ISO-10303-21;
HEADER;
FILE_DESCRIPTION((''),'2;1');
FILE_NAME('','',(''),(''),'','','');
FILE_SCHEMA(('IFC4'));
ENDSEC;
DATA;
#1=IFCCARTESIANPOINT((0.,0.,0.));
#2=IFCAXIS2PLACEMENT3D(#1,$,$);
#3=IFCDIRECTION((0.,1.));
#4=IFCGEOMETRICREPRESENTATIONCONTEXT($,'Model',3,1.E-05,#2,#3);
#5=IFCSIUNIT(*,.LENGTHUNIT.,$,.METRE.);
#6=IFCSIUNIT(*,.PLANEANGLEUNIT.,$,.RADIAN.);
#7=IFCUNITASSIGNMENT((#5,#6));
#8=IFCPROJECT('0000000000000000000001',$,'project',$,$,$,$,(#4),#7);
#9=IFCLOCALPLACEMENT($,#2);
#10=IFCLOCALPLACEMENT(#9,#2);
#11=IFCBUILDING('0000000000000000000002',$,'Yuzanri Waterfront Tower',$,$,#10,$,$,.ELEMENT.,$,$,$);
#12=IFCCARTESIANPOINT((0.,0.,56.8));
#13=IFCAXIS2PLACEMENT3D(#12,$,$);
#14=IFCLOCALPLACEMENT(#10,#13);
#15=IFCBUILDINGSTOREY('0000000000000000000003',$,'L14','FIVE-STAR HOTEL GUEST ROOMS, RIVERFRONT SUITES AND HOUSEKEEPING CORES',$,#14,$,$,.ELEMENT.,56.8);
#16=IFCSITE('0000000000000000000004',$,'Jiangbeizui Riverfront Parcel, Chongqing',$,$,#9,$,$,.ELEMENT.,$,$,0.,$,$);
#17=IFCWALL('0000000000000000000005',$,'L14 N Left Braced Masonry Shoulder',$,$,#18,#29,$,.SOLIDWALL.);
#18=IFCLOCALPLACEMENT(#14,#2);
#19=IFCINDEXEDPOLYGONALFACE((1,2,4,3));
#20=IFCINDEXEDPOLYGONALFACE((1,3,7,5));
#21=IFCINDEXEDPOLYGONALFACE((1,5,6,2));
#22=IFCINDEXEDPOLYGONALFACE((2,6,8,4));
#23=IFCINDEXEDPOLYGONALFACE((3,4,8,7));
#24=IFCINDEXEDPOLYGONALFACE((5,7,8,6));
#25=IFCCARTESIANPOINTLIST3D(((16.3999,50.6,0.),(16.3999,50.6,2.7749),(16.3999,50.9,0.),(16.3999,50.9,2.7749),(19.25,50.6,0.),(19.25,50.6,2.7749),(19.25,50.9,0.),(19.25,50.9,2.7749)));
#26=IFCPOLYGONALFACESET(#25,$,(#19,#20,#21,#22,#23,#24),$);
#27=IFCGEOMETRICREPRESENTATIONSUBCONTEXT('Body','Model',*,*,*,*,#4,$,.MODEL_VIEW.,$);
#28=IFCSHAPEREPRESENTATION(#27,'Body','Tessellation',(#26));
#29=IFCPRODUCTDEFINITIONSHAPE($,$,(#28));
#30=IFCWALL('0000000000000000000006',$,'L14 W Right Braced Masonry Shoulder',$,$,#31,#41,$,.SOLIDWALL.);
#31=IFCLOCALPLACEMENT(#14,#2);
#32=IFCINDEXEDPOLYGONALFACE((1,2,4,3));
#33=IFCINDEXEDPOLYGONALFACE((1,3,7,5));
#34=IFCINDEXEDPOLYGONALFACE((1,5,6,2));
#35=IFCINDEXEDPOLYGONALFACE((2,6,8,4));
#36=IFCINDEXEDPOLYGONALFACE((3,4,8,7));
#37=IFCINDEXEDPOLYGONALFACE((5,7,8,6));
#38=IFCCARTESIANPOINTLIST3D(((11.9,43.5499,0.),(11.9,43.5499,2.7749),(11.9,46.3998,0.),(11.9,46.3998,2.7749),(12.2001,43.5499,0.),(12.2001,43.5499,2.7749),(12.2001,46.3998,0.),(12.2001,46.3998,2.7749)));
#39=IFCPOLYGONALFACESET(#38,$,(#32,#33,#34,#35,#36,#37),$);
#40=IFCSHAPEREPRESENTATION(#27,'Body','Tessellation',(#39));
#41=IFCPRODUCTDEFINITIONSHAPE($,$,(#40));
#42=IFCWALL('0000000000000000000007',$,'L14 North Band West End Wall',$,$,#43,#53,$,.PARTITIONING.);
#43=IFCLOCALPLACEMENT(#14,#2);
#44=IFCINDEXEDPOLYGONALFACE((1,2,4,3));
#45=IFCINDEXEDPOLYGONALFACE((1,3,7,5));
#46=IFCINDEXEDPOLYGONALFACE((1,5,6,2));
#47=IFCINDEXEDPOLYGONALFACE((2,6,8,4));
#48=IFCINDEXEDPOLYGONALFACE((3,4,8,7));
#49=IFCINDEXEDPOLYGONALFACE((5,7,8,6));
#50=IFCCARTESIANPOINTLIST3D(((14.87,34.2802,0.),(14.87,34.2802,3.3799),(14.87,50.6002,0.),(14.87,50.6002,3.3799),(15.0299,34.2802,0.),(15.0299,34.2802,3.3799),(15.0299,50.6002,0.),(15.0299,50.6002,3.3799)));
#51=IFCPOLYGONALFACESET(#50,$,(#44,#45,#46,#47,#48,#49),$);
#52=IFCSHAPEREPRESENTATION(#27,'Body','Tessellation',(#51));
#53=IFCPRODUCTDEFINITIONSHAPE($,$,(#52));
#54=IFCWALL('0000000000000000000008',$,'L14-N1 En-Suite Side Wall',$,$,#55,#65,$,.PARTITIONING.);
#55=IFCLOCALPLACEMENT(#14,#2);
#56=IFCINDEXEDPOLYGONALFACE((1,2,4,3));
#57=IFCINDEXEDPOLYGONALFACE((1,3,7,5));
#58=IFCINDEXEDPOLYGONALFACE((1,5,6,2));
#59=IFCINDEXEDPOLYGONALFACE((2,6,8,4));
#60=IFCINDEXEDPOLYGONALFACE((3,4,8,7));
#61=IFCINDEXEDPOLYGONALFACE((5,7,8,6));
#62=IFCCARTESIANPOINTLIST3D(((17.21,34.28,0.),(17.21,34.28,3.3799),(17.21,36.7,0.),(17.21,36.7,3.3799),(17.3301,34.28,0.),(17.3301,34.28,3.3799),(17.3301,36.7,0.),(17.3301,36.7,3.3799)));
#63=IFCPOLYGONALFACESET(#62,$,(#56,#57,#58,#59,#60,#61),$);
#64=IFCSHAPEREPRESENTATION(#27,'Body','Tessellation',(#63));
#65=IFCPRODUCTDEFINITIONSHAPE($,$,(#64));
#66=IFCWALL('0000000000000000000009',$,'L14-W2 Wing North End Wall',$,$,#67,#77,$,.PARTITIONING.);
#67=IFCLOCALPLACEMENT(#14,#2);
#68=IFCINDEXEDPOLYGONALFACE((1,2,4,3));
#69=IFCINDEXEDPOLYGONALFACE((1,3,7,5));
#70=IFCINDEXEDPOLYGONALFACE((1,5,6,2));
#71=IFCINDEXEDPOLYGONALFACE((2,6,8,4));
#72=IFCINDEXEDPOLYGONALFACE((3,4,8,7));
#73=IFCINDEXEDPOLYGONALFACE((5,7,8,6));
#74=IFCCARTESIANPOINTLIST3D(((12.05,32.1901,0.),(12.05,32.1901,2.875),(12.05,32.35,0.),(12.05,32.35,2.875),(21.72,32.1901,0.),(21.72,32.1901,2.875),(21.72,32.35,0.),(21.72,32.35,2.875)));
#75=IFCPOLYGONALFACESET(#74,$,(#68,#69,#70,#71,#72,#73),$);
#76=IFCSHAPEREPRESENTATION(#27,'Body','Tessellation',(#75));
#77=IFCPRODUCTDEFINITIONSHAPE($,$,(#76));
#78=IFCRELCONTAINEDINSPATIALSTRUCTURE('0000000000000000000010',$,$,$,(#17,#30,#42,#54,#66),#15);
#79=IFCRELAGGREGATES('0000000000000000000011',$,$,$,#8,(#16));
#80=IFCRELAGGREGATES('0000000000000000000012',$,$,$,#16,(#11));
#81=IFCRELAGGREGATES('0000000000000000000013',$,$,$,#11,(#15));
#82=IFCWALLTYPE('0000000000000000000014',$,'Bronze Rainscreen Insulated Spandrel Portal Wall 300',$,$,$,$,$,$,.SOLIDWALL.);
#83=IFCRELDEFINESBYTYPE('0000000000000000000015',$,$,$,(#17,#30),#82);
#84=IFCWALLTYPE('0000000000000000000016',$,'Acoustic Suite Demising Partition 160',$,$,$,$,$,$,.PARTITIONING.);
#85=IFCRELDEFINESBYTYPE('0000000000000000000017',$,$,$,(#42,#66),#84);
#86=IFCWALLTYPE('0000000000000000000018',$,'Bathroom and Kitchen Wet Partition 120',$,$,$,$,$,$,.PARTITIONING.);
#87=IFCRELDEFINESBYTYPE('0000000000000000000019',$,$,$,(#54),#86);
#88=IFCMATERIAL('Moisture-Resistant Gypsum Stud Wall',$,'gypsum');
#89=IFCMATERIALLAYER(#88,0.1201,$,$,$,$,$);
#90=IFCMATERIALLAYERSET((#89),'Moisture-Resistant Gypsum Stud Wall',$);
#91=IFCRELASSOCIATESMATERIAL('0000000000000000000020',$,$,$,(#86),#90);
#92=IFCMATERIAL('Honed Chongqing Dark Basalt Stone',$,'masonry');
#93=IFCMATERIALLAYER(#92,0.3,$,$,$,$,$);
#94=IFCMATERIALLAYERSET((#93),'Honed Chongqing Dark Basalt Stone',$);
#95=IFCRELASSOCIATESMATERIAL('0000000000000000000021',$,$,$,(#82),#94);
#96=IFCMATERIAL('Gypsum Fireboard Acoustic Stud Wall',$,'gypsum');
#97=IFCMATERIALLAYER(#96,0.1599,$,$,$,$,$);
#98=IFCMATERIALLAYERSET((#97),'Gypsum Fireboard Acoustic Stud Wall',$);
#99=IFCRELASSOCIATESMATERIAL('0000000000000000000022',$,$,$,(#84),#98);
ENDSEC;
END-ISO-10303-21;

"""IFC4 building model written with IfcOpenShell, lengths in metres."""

from ifc_helpers import new_model, si_unit, direction, frame, frame_2d, origin, place, context, subcontext, project, spatial, rectangle, extrude, source, transform, mapped, material, layer, layer_set, type_object, element, save


model = new_model("IFC4")

# Units and contexts
model_context = context("Model", 3, precision=1e-05, world=origin(), true_north=direction((0.0, 1.0)))
body_context = subcontext(model_context, "Body", "Model", "MODEL_VIEW")
ifc_project = project(units=[si_unit("LENGTHUNIT", "METRE"), si_unit("PLANEANGLEUNIT", "RADIAN")], contexts=[model_context])

# Site, building, storey
site_placement = place(None, origin())
site = spatial("IfcSite", under=ifc_project, at=site_placement, Name="Jiangbeizui Riverfront Parcel, Chongqing", CompositionType="ELEMENT", RefElevation=0.0)
building_placement = place(site_placement, origin())
building = spatial("IfcBuilding", under=site, at=building_placement, Name="Yuzanri Waterfront Tower", CompositionType="ELEMENT")
storey_placement = place(building_placement, frame((0.0, 0.0, 56.8)))
storey = spatial("IfcBuildingStorey", under=building, at=storey_placement, Name="L14", Description="FIVE-STAR HOTEL GUEST ROOMS, RIVERFRONT SUITES AND HOUSEKEEPING CORES", CompositionType="ELEMENT", Elevation=56.8)

# Shared definitions
ifc_material_1 = material(Name="Moisture-Resistant Gypsum Stud Wall", Category="gypsum")
ifc_layer_1 = layer(ifc_material_1, 0.1201)
ifc_layer_set_1 = layer_set([ifc_layer_1], Name="Moisture-Resistant Gypsum Stud Wall")
wall_type_1 = type_object("IfcWallType", Name="Bathroom and Kitchen Wet Partition 120", PredefinedType="PARTITIONING", material=ifc_layer_set_1)

# Shared definitions
ifc_material_2 = material(Name="Honed Chongqing Dark Basalt Stone", Category="masonry")
ifc_layer_2 = layer(ifc_material_2, 0.3)
ifc_layer_set_2 = layer_set([ifc_layer_2], Name="Honed Chongqing Dark Basalt Stone")
wall_type_2 = type_object("IfcWallType", Name="Bronze Rainscreen Insulated Spandrel Portal Wall 300", PredefinedType="SOLIDWALL", material=ifc_layer_set_2)

# Walls
shared_shape_1 = source(origin(), body_context, "Body", "SweptSolid", [
    extrude(rectangle(XDim=2.8501, YDim=0.3, at=frame_2d((1.425, 0.0))), origin(), (0.0, 0.0, 1.0), 2.7749),
])
wall_1_placement = place(storey_placement, frame((16.3999, 50.75, 0.0), z_axis=(0.0, 0.0, 1.0), x_axis=(1.0, 0.0, 0.0)))
element("IfcWall", 1, at=wall_1_placement, inside=storey, type_object=wall_type_2, Name="L14 N Left Braced Masonry Shoulder", PredefinedType="SOLIDWALL", context=body_context, shape_type="MappedRepresentation", body=[
    mapped(shared_shape_1, transform((0.0, 0.0, 0.0), scale=1.0)),
])
shared_shape_2 = source(origin(), body_context, "Body", "SweptSolid", [
    extrude(rectangle(XDim=2.8499, YDim=0.3, at=frame_2d((1.4248, 0.0))), origin(), (0.0, 0.0, 1.0), 2.7749),
])
wall_2_placement = place(storey_placement, frame((12.05, 43.55, 0.0), z_axis=(0.0, 0.0, 1.0), x_axis=(0.0, 1.0, 0.0)))
element("IfcWall", 2, at=wall_2_placement, inside=storey, type_object=wall_type_2, Name="L14 W Right Braced Masonry Shoulder", PredefinedType="SOLIDWALL", context=body_context, shape_type="MappedRepresentation", body=[
    mapped(shared_shape_2, transform((0.0, 0.0, 0.0), scale=1.0)),
])
ifc_material_3 = material(Name="Gypsum Fireboard Acoustic Stud Wall", Category="gypsum")
ifc_layer_3 = layer(ifc_material_3, 0.1599)
ifc_layer_set_3 = layer_set([ifc_layer_3], Name="Gypsum Fireboard Acoustic Stud Wall")
wall_type_3 = type_object("IfcWallType", Name="Acoustic Suite Demising Partition 160", PredefinedType="PARTITIONING", material=ifc_layer_set_3)
shared_shape_3 = source(origin(), body_context, "Body", "SweptSolid", [
    extrude(rectangle(XDim=16.3201, YDim=0.1599, at=frame_2d((8.1602, 0.0))), origin(), (0.0, 0.0, 1.0), 3.3799),
])
wall_3_placement = place(storey_placement, frame((14.95, 34.28, 0.0), z_axis=(0.0, 0.0, 1.0), x_axis=(0.0, 1.0, 0.0)))
element("IfcWall", 3, at=wall_3_placement, inside=storey, type_object=wall_type_3, Name="L14 North Band West End Wall", PredefinedType="PARTITIONING", context=body_context, shape_type="MappedRepresentation", body=[
    mapped(shared_shape_3, transform((0.0, 0.0, 0.0), scale=1.0)),
])
shared_shape_4 = source(origin(), body_context, "Body", "SweptSolid", [
    extrude(rectangle(XDim=2.4199, YDim=0.1201, at=frame_2d((1.21, 0.0))), origin(), (0.0, 0.0, 1.0), 3.3799),
])
wall_4_placement = place(storey_placement, frame((17.27, 34.28, 0.0), z_axis=(0.0, 0.0, 1.0), x_axis=(0.0, 1.0, 0.0)))
element("IfcWall", 4, at=wall_4_placement, inside=storey, type_object=wall_type_1, Name="L14-N1 En-Suite Side Wall", PredefinedType="PARTITIONING", context=body_context, shape_type="MappedRepresentation", body=[
    mapped(shared_shape_4, transform((0.0, 0.0, 0.0), scale=1.0)),
])
shared_shape_5 = source(origin(), body_context, "Body", "SweptSolid", [
    extrude(rectangle(XDim=9.6699, YDim=0.1599, at=frame_2d((4.835, 0.0))), origin(), (0.0, 0.0, 1.0), 2.875),
])
wall_5_placement = place(storey_placement, frame((12.05, 32.27, 0.0), z_axis=(0.0, 0.0, 1.0), x_axis=(1.0, 0.0, 0.0)))
element("IfcWall", 5, at=wall_5_placement, inside=storey, type_object=wall_type_3, Name="L14-W2 Wing North End Wall", PredefinedType="PARTITIONING", context=body_context, shape_type="MappedRepresentation", body=[
    mapped(shared_shape_5, transform((0.0, 0.0, 0.0), scale=1.0)),
])

save(model, "model.ifc")
